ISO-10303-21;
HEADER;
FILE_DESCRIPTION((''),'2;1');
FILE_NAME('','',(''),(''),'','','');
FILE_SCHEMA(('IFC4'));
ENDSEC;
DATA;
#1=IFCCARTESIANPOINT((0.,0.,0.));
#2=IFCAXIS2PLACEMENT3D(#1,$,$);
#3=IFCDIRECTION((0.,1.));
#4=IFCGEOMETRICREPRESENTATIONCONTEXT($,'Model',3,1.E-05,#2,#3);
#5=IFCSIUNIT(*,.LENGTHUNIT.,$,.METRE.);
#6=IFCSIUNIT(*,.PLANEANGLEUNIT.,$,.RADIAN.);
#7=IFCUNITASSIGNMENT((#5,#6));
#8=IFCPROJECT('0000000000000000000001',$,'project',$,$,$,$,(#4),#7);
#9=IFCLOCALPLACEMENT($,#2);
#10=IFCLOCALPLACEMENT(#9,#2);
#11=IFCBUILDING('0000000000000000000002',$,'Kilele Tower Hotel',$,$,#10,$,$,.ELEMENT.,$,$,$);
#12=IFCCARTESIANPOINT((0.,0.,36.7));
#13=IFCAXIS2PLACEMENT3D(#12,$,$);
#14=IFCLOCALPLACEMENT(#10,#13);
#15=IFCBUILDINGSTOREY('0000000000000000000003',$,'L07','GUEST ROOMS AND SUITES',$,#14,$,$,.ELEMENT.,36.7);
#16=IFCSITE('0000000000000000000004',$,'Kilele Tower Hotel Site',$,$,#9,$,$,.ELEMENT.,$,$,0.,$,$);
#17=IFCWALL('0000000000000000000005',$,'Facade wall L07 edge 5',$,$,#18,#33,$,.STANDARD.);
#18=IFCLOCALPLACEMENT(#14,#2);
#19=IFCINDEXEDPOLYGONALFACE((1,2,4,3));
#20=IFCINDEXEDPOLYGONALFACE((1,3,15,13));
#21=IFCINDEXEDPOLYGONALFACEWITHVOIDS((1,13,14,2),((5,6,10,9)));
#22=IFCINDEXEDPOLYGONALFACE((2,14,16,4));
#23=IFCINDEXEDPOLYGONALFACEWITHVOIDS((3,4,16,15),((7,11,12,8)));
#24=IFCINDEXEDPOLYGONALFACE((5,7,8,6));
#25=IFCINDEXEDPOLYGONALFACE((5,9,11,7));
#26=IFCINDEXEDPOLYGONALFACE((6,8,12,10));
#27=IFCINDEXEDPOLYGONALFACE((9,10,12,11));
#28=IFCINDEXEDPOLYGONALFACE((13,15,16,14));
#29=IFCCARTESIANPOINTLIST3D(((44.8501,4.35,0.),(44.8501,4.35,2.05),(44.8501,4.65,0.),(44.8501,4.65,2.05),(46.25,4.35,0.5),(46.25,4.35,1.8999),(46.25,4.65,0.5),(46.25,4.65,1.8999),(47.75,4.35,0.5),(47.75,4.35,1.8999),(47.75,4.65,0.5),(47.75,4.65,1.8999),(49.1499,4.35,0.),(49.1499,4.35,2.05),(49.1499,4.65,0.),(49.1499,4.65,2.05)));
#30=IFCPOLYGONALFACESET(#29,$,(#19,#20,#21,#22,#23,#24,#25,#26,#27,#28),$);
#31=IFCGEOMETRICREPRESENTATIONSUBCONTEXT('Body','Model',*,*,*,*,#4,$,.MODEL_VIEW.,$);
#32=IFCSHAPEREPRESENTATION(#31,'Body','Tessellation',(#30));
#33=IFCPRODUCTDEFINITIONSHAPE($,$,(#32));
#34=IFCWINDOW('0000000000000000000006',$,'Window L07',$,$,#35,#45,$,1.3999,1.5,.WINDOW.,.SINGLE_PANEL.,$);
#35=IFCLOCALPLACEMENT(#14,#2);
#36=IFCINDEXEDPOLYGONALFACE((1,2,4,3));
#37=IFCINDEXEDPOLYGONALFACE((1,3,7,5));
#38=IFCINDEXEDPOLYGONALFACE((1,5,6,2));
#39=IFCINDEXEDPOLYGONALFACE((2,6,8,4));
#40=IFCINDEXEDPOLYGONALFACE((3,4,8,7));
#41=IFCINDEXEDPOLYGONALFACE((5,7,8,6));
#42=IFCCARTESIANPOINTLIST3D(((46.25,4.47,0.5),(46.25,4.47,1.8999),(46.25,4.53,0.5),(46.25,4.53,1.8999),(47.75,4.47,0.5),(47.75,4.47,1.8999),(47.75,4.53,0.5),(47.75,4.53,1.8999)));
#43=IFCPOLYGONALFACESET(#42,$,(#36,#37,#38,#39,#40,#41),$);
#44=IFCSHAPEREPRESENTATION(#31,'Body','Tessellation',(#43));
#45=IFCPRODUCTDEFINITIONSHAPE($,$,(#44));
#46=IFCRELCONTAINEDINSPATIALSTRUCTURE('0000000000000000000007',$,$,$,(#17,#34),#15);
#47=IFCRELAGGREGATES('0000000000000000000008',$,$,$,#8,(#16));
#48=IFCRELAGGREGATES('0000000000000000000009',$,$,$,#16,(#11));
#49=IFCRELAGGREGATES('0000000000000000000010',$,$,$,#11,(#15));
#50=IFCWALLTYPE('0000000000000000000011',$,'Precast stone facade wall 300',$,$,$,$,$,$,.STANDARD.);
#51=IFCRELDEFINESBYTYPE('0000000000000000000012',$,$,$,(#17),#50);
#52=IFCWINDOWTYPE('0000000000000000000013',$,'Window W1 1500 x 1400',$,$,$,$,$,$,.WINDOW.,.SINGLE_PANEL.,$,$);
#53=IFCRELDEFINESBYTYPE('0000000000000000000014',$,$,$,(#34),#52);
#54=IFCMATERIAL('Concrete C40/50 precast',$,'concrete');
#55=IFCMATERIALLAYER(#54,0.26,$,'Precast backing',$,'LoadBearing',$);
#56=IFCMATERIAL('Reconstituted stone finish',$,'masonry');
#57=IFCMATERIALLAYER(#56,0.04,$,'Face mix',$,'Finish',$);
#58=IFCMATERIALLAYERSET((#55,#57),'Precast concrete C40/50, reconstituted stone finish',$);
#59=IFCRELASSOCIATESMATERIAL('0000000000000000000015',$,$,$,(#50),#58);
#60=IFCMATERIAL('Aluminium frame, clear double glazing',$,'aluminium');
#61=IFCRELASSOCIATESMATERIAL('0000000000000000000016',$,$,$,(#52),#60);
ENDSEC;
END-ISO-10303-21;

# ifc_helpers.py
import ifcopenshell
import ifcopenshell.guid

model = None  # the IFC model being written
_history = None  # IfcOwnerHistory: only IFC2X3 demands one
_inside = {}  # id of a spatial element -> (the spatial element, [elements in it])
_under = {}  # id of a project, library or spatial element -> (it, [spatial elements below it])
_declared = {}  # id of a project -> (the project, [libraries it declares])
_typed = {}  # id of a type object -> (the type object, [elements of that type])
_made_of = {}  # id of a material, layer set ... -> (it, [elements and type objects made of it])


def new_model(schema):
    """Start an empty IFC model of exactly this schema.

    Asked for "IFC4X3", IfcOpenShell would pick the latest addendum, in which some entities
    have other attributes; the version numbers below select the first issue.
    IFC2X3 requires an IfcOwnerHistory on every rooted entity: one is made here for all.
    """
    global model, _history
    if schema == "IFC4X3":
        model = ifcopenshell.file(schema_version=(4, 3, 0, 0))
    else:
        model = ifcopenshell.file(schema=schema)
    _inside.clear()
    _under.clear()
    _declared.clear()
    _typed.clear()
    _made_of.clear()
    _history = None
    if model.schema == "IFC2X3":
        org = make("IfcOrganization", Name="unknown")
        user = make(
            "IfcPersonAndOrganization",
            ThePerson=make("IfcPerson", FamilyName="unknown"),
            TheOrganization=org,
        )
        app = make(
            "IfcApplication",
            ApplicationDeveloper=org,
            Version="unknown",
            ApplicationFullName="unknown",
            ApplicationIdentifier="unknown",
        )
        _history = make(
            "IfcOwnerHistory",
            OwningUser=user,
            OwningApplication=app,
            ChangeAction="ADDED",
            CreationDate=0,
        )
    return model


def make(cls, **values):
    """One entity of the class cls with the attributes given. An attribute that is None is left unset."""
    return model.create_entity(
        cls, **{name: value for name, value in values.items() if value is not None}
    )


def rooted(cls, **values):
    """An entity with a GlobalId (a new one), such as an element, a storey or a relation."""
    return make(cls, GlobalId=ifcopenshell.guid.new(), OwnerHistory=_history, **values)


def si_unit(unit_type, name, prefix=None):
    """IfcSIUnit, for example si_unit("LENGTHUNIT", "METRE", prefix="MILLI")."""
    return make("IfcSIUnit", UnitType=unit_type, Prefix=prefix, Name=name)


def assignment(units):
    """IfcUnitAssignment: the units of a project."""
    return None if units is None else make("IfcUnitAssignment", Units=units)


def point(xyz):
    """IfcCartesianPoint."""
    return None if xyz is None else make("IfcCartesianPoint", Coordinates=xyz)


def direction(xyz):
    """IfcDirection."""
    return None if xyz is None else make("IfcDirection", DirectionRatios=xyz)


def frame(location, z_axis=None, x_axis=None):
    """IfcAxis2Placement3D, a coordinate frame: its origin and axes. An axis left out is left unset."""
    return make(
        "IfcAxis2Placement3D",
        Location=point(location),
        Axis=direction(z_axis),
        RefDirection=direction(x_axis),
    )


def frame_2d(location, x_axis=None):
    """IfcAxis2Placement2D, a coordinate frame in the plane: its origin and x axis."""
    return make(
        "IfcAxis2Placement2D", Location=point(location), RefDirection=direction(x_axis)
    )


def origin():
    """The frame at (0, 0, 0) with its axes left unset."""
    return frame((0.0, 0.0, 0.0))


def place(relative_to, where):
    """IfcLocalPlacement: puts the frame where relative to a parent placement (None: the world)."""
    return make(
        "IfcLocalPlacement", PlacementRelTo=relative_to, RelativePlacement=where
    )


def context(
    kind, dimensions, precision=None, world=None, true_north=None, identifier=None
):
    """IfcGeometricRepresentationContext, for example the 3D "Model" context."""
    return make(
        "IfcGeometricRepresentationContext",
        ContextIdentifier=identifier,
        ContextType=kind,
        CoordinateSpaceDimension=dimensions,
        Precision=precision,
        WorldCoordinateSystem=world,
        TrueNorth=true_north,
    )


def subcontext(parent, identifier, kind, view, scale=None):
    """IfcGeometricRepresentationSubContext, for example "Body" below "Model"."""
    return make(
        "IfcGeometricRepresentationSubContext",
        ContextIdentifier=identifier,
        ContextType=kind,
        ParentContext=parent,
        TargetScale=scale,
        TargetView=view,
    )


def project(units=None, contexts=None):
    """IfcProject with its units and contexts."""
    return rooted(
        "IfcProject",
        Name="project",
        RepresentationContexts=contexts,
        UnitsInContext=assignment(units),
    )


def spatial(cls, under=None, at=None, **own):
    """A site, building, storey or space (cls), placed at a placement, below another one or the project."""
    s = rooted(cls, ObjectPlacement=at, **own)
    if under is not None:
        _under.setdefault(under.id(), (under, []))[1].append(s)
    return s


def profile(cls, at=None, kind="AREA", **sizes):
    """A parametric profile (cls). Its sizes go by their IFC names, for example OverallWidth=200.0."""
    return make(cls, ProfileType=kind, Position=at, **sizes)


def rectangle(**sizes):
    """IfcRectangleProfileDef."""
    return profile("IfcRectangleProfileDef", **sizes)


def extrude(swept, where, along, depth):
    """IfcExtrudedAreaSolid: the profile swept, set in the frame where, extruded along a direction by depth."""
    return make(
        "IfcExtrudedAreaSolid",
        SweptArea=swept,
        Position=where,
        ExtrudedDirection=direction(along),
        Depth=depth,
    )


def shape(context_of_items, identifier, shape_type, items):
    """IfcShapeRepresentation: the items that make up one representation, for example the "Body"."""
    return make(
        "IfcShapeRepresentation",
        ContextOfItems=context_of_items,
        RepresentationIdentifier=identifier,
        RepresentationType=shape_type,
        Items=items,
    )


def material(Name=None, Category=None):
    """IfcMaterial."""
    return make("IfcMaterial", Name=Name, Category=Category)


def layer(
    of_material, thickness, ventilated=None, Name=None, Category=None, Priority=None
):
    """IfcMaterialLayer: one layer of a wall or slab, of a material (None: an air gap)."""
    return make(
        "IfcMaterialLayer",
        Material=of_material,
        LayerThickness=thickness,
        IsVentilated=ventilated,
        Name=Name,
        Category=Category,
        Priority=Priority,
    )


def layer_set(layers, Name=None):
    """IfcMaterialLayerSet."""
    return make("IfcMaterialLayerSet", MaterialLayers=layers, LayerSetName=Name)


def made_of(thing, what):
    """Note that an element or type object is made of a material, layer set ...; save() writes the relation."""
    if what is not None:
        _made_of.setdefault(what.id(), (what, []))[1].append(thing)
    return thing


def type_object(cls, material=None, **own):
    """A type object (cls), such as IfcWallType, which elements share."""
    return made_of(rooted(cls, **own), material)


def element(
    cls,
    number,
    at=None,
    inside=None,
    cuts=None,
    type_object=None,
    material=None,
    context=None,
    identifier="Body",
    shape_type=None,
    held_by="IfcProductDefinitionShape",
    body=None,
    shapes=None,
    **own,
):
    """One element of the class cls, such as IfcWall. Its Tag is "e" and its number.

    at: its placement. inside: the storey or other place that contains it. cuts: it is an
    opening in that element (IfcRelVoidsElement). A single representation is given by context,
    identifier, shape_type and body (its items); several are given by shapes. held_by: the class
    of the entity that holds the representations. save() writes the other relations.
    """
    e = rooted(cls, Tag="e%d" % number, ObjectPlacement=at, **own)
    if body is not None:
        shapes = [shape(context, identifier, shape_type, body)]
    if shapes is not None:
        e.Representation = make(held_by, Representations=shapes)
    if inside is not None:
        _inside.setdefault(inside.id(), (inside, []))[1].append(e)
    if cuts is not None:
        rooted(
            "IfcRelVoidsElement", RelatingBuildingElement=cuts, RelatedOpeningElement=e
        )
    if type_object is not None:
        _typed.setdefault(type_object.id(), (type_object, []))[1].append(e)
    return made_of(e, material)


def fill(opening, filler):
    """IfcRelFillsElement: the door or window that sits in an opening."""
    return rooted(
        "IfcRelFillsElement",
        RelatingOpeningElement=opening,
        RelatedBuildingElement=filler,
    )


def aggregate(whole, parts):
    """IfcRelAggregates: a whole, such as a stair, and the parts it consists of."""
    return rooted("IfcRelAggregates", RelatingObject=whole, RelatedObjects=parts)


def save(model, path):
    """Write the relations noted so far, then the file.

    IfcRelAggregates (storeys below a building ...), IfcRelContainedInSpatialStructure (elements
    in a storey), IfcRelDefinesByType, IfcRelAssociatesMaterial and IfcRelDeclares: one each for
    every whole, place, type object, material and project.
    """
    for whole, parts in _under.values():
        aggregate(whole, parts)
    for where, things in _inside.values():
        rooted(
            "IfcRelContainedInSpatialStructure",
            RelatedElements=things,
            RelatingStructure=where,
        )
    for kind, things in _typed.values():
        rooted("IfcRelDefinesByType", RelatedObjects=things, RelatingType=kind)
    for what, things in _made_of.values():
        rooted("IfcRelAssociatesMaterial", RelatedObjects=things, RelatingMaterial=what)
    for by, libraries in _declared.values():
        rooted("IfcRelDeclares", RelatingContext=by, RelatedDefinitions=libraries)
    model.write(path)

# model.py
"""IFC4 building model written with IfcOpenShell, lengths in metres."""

from ifc_helpers import new_model, si_unit, direction, frame, frame_2d, origin, place, context, subcontext, project, spatial, rectangle, extrude, material, layer, layer_set, type_object, element, fill, save


model = new_model("IFC4")

# Units and contexts
model_context = context("Model", 3, precision=1e-05, world=origin(), true_north=direction((0.0, 1.0)))
body_context = subcontext(model_context, "Body", "Model", "MODEL_VIEW")
ifc_project = project(units=[si_unit("LENGTHUNIT", "METRE"), si_unit("PLANEANGLEUNIT", "RADIAN")], contexts=[model_context])

# Site, building, storey
site_placement = place(None, origin())
site = spatial("IfcSite", under=ifc_project, at=site_placement, Name="Kilele Tower Hotel Site", CompositionType="ELEMENT", RefElevation=0.0)
building_placement = place(site_placement, origin())
building = spatial("IfcBuilding", under=site, at=building_placement, Name="Kilele Tower Hotel", CompositionType="ELEMENT")
storey_placement = place(building_placement, frame((0.0, 0.0, 36.7)))
storey = spatial("IfcBuildingStorey", under=building, at=storey_placement, Name="L07", Description="GUEST ROOMS AND SUITES", CompositionType="ELEMENT", Elevation=36.7)

# Wall, opening, window
ifc_material_1 = material(Name="Concrete C40/50 precast", Category="concrete")
ifc_layer_1 = layer(ifc_material_1, 0.26, Name="Precast backing", Category="LoadBearing")
ifc_material_2 = material(Name="Reconstituted stone finish", Category="masonry")
ifc_layer_2 = layer(ifc_material_2, 0.04, Name="Face mix", Category="Finish")
ifc_layer_set_1 = layer_set([ifc_layer_1, ifc_layer_2], Name="Precast concrete C40/50, reconstituted stone finish")
wall_type_1 = type_object("IfcWallType", Name="Precast stone facade wall 300", PredefinedType="STANDARD", material=ifc_layer_set_1)
ifc_material_3 = material(Name="Aluminium frame, clear double glazing", Category="aluminium")
window_type = type_object("IfcWindowType", Name="Window W1 1500 x 1400", PartitioningType="SINGLE_PANEL", PredefinedType="WINDOW", material=ifc_material_3)
wall_1_placement = place(storey_placement, frame((44.8501, 4.5, 0.0), z_axis=(0.0, 0.0, 1.0), x_axis=(1.0, 0.0, 0.0)))
wall_1 = element("IfcWall", 1, at=wall_1_placement, inside=storey, type_object=wall_type_1, Name="Facade wall L07 edge 5", PredefinedType="STANDARD", context=body_context, shape_type="SweptSolid", body=[
    extrude(rectangle(XDim=4.2998, YDim=0.3, at=frame_2d((2.1499, 0.0))), origin(), (0.0, 0.0, 1.0), 2.05),
])
opening_1_placement = place(wall_1_placement, frame((1.3999, 0.0, 0.5)))
opening_1 = element("IfcOpeningElement", 2, at=opening_1_placement, cuts=wall_1, PredefinedType="OPENING", context=body_context, shape_type="SweptSolid", body=[
    extrude(rectangle(XDim=1.5, YDim=1.3999, at=frame_2d((0.75, 0.7))), frame((0.0, 0.1599, 0.0), z_axis=(0.0, -1.0, 0.0), x_axis=(1.0, 0.0, 0.0)), (0.0, 0.0, 1.0), 0.3201),
])
window_1_placement = place(opening_1_placement, origin())
window_1 = element("IfcWindow", 3, at=window_1_placement, inside=storey, type_object=window_type, Name="Window L07", OverallHeight=1.3999, OverallWidth=1.5, PartitioningType="SINGLE_PANEL", PredefinedType="WINDOW", context=body_context, shape_type="SweptSolid", body=[
    extrude(rectangle(XDim=1.5, YDim=1.3999, at=frame_2d((0.75, 0.7))), frame((0.0, 0.03, 0.0), z_axis=(0.0, -1.0, 0.0), x_axis=(1.0, 0.0, 0.0)), (0.0, 0.0, 1.0), 0.0601),
])
fill(opening_1, window_1)

save(model, "model.ifc")
